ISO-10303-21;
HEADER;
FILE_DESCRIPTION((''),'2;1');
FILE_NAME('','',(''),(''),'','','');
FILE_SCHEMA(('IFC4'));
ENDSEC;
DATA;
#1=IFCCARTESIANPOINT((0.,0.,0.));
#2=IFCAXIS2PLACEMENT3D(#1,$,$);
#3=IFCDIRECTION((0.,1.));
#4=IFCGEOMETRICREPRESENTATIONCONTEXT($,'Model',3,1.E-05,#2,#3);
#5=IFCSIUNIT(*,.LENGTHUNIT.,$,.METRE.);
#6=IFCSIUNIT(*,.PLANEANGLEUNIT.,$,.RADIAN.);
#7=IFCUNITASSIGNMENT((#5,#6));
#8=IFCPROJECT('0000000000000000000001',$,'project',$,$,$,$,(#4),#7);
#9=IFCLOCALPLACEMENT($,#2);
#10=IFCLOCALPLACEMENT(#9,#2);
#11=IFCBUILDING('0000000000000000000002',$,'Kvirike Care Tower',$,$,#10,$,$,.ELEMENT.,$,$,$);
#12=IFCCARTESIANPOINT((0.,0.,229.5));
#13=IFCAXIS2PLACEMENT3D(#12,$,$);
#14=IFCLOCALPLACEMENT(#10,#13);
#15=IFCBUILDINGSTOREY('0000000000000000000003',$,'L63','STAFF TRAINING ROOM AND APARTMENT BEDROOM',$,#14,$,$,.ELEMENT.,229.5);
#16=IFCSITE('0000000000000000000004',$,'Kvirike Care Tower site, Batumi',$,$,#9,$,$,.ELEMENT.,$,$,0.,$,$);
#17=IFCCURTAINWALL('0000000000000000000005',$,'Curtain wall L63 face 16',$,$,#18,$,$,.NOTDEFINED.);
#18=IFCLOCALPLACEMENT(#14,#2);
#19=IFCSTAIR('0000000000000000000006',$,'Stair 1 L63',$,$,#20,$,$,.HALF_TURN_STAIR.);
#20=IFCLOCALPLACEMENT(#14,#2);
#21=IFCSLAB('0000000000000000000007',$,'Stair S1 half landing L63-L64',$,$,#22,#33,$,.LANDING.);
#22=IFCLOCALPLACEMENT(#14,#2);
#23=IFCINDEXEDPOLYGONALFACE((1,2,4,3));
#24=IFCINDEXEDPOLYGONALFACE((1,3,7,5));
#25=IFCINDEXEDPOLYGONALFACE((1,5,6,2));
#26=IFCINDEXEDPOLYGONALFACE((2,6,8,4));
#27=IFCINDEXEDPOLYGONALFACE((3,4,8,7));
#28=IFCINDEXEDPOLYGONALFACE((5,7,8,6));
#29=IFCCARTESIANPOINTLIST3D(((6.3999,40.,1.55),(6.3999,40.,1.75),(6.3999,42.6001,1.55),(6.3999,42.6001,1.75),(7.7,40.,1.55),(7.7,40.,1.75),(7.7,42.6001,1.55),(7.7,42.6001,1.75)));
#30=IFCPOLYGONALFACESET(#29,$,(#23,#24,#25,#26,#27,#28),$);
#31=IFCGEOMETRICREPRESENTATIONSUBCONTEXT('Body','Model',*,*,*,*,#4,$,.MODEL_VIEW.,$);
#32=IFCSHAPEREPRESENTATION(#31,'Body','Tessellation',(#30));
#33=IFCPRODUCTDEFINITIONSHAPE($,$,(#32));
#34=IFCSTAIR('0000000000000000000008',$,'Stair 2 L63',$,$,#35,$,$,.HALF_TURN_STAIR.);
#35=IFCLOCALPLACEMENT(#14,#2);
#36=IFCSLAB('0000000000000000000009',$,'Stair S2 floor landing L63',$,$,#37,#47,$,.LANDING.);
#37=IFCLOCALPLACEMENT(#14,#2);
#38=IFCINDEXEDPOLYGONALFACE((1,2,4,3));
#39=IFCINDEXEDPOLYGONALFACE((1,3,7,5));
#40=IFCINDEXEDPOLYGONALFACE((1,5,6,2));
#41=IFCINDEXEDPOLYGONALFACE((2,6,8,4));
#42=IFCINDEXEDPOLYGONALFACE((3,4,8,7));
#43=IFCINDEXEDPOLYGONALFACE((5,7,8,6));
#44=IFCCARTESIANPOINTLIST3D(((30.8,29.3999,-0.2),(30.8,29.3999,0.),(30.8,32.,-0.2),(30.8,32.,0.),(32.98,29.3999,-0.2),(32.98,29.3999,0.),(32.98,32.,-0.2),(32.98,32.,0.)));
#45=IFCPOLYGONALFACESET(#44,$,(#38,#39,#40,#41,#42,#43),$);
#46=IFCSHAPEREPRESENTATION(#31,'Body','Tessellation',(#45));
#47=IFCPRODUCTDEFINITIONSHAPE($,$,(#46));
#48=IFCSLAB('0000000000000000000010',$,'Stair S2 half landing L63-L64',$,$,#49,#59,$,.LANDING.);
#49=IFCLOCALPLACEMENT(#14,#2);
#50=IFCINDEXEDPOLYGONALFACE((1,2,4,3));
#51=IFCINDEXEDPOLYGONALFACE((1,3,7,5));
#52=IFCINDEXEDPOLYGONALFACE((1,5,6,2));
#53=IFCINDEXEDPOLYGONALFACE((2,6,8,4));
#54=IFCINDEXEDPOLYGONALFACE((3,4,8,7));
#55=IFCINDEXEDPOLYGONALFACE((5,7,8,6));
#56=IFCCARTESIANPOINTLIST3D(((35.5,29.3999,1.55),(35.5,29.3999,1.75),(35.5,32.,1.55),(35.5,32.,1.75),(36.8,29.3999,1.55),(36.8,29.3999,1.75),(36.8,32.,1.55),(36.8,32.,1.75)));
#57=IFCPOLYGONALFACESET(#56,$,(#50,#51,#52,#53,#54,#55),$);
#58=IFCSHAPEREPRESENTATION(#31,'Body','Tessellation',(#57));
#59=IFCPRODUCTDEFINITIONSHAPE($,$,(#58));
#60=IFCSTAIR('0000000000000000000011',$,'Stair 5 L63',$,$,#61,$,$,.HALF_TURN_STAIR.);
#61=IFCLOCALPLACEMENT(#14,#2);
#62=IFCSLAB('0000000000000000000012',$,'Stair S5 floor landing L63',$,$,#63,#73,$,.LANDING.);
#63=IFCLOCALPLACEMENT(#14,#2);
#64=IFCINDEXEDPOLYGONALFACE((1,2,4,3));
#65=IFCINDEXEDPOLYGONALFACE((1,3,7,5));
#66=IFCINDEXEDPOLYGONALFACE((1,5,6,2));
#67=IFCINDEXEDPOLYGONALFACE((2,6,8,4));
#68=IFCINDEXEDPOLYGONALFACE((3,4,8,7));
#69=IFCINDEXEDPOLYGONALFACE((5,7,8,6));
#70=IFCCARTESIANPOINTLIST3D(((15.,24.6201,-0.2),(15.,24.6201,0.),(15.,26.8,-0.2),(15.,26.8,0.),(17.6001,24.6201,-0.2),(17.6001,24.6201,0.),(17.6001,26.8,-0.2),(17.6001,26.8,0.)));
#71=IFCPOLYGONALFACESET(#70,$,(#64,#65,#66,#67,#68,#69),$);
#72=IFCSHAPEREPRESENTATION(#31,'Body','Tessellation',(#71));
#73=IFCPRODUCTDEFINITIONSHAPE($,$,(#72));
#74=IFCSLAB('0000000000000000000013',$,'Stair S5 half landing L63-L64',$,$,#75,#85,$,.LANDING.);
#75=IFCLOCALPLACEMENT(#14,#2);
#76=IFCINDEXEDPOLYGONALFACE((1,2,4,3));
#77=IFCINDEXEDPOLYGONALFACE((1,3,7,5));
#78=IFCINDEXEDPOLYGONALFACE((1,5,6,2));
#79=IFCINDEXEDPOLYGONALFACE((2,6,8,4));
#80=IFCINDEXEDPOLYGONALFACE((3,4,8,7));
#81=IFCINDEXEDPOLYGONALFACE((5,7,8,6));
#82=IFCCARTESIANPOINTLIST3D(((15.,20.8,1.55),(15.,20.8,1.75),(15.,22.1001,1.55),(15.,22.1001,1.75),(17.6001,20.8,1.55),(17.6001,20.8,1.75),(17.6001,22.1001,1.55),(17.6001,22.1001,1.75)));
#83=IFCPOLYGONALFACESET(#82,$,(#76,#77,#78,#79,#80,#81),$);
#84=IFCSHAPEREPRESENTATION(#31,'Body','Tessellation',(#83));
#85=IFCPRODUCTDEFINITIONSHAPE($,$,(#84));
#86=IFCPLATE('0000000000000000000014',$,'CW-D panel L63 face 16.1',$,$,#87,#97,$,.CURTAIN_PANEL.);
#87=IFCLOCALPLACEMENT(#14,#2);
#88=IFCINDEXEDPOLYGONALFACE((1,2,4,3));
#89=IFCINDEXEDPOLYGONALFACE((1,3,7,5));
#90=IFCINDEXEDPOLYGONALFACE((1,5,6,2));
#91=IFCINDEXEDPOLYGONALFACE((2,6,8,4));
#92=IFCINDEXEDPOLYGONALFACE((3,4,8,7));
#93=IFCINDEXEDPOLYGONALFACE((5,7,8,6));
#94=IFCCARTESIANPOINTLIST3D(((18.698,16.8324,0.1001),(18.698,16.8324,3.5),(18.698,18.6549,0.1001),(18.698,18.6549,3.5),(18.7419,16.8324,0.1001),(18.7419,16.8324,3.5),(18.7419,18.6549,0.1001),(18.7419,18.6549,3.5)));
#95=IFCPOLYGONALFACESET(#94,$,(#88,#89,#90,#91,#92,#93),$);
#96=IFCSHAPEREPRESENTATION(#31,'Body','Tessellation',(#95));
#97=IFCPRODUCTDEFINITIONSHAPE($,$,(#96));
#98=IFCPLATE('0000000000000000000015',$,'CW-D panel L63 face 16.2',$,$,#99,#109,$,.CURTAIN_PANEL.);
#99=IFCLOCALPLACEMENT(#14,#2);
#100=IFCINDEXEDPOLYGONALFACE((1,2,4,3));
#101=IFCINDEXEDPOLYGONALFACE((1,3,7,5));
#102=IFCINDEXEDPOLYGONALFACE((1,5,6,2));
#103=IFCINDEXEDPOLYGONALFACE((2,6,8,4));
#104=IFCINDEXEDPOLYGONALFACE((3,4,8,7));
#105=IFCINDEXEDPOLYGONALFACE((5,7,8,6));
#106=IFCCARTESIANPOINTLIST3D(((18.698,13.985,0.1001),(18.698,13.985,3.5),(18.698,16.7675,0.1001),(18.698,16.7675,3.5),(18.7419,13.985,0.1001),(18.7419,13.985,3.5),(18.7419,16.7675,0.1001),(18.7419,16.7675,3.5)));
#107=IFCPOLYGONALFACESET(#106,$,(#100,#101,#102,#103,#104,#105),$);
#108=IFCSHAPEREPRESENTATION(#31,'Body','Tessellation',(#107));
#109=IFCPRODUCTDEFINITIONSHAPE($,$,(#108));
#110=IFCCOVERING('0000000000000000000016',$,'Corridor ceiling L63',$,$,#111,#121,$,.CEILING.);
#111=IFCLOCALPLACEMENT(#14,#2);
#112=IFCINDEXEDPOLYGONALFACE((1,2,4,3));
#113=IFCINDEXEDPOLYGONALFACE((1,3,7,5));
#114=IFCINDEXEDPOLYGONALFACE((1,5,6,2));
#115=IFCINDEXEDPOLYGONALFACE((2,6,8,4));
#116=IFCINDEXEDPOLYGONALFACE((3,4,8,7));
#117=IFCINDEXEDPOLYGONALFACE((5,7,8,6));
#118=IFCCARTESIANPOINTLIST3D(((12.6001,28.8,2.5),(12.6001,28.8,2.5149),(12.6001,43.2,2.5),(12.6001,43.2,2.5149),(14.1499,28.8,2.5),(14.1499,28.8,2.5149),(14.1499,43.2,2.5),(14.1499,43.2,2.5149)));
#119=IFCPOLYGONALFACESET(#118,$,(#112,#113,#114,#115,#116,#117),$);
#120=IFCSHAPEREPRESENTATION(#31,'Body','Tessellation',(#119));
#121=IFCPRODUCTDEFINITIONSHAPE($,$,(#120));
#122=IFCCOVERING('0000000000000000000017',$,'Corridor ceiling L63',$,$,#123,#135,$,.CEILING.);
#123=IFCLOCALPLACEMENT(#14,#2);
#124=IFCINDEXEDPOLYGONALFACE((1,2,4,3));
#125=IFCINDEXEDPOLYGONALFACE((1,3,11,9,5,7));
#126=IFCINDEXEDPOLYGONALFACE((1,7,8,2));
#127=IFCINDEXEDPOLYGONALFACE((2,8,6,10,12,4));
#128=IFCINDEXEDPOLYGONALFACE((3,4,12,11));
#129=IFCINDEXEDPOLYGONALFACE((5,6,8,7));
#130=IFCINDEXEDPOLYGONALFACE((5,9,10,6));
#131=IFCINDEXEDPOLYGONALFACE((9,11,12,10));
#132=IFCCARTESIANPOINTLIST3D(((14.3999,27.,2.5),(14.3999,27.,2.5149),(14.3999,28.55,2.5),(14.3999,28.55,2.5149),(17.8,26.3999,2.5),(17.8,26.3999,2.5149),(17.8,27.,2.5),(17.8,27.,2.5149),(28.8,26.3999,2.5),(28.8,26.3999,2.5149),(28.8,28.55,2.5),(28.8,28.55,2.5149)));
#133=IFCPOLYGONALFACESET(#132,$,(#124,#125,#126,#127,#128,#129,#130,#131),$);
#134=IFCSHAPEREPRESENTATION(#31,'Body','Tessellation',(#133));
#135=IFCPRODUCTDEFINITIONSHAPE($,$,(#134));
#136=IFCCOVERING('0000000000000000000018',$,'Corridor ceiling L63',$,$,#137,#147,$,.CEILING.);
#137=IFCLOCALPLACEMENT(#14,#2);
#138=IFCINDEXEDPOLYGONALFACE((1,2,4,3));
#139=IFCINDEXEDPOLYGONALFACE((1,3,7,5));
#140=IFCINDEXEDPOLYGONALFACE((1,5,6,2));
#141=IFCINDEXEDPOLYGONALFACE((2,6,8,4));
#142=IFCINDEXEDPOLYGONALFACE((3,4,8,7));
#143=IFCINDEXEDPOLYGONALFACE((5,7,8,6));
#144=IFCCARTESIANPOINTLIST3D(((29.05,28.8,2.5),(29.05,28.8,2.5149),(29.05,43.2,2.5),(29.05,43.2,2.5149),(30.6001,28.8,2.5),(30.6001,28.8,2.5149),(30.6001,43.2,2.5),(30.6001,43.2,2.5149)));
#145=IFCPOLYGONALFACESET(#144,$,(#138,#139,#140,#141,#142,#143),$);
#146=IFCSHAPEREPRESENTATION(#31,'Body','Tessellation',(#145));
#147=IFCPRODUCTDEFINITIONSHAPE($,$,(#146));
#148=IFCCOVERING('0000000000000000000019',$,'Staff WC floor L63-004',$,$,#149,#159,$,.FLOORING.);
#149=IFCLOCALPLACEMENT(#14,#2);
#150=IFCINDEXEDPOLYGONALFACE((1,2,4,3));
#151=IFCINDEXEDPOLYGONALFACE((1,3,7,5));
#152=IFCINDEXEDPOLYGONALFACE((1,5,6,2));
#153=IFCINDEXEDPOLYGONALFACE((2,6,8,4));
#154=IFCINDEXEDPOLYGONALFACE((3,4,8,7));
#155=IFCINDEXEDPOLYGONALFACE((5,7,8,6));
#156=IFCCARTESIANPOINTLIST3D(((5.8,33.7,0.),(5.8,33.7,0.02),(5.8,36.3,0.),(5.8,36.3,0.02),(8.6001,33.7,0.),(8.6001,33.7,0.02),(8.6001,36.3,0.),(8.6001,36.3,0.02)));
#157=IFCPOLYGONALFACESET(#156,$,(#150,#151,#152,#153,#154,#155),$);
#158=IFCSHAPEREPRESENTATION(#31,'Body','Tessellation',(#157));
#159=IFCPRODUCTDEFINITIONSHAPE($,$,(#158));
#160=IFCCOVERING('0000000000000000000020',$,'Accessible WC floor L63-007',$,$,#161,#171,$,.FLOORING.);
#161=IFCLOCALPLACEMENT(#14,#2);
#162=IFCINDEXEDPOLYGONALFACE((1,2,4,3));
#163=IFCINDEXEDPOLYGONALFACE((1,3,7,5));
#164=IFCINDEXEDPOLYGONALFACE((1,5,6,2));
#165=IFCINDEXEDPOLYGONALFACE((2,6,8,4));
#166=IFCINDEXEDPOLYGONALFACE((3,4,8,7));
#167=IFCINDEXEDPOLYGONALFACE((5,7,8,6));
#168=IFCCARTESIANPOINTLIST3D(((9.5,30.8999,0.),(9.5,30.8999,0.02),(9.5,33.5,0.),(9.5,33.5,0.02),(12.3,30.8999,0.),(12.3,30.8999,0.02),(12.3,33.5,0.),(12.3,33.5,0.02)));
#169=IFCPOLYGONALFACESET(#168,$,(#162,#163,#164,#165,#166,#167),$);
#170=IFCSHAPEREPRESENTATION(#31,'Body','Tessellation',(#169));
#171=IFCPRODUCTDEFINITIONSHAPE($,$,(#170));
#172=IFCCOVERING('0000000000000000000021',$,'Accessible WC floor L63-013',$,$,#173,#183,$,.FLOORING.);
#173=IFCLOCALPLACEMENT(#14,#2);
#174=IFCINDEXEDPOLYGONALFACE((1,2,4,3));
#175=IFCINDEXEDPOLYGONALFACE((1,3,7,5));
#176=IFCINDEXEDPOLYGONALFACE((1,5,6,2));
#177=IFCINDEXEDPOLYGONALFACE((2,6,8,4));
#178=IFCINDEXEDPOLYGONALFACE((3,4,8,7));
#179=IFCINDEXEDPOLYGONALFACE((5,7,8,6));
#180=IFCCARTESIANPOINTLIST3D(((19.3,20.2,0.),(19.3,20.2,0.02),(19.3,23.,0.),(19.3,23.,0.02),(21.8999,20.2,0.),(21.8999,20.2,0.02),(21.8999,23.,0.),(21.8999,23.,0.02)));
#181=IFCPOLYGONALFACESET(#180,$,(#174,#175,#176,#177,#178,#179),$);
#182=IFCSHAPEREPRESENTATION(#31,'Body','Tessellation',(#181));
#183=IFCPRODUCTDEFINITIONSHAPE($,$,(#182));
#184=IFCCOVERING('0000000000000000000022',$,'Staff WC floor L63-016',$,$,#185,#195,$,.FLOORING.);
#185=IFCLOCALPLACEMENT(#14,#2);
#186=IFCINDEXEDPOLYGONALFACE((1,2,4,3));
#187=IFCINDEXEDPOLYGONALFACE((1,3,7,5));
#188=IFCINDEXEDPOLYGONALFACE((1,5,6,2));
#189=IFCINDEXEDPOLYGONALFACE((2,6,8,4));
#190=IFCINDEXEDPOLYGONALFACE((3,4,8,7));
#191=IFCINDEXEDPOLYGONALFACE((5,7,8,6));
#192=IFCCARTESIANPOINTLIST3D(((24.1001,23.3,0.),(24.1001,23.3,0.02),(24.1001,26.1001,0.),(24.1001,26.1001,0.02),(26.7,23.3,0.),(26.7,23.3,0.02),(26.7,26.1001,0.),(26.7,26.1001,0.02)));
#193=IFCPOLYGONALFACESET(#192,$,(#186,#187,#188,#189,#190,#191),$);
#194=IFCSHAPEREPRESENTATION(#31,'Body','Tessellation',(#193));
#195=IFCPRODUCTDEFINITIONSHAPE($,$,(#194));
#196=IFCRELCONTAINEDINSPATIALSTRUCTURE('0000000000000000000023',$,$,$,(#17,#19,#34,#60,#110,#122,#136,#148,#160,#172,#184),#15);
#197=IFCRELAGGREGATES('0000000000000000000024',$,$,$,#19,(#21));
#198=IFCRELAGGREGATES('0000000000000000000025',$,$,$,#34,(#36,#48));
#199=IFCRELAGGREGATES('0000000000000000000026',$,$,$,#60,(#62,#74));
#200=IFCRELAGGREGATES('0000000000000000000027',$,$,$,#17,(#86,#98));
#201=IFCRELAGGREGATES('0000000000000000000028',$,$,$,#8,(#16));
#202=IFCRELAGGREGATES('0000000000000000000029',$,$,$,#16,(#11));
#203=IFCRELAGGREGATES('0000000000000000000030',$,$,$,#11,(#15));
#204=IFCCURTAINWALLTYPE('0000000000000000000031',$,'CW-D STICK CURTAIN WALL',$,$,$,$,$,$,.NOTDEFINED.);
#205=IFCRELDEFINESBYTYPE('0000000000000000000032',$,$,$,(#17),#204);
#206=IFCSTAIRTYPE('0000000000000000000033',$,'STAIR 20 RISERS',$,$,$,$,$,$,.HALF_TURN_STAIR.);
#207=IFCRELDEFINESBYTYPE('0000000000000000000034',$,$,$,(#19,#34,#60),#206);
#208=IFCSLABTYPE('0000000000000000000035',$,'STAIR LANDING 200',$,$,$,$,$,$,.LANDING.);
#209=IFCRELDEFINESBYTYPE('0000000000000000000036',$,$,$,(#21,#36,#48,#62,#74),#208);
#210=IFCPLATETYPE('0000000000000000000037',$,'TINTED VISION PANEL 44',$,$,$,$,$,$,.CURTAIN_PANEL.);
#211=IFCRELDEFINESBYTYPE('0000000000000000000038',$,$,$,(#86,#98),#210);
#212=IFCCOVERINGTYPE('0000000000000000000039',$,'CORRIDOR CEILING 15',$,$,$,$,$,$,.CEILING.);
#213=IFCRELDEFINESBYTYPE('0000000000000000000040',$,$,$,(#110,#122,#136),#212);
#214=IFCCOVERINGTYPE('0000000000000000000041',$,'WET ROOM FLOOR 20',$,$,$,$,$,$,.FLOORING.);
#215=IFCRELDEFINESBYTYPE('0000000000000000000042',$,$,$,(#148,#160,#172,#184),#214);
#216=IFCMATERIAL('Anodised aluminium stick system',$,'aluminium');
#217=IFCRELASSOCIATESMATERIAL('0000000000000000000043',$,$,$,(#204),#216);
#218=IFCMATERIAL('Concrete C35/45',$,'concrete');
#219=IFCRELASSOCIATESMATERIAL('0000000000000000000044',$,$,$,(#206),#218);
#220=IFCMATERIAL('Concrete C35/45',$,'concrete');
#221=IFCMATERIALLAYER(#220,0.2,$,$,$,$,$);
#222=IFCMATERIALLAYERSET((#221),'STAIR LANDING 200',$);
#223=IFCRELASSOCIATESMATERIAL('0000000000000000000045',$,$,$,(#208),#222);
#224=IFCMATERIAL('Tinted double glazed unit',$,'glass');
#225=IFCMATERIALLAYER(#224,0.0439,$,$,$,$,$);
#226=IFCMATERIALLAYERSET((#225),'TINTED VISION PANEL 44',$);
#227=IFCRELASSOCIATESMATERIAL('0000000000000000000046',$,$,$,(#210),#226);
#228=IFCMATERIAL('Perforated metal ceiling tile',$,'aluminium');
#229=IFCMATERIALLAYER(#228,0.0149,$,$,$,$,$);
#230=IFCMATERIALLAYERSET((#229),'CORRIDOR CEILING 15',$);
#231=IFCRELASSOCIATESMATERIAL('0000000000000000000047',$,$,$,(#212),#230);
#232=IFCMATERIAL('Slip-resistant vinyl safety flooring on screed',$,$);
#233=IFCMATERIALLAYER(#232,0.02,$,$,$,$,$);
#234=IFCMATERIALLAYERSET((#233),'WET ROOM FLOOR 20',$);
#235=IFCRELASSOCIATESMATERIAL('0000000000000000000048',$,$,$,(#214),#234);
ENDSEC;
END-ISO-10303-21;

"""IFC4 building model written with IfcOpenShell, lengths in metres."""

from ifc_helpers import new_model, si_unit, direction, frame, origin, origin_2d, place, context, subcontext, project, spatial, polyline, rectangle, outline, extrude, material, layer, layer_set, type_object, element, aggregate, save


model = new_model("IFC4")

# Units and contexts
model_context = context("Model", 3, precision=1e-05, world=origin(), true_north=direction((0.0, 1.0)))
body_context = subcontext(model_context, "Body", "Model", "MODEL_VIEW")
ifc_project = project(units=[si_unit("LENGTHUNIT", "METRE"), si_unit("PLANEANGLEUNIT", "RADIAN")], contexts=[model_context])

# Site, building, storey
site_placement = place(None, origin())
site = spatial("IfcSite", under=ifc_project, at=site_placement, Name="Kvirike Care Tower site, Batumi", CompositionType="ELEMENT", RefElevation=0.0)
building_placement = place(site_placement, origin())
building = spatial("IfcBuilding", under=site, at=building_placement, Name="Kvirike Care Tower", CompositionType="ELEMENT")
storey_placement = place(building_placement, frame((0.0, 0.0, 229.5)))
storey = spatial("IfcBuildingStorey", under=building, at=storey_placement, Name="L63", Description="STAFF TRAINING ROOM AND APARTMENT BEDROOM", CompositionType="ELEMENT", Elevation=229.5)

# Curtain wall
ifc_material_1 = material(Name="Anodised aluminium stick system", Category="aluminium")
curtain_wall_type = type_object("IfcCurtainWallType", Name="CW-D STICK CURTAIN WALL", PredefinedType="NOTDEFINED", material=ifc_material_1)
curtain_wall_1_placement = place(storey_placement, origin())
curtain_wall_1 = element("IfcCurtainWall", 1, at=curtain_wall_1_placement, inside=storey, type_object=curtain_wall_type, Name="Curtain wall L63 face 16", PredefinedType="NOTDEFINED")

# Stairs, slabs
ifc_material_2 = material(Name="Concrete C35/45", Category="concrete")
stair_type = type_object("IfcStairType", Name="STAIR 20 RISERS", PredefinedType="HALF_TURN_STAIR", material=ifc_material_2)
stair_1_placement = place(storey_placement, origin())
stair_1 = element("IfcStair", 2, at=stair_1_placement, inside=storey, type_object=stair_type, Name="Stair 1 L63", PredefinedType="HALF_TURN_STAIR")
ifc_material_3 = material(Name="Concrete C35/45", Category="concrete")
ifc_layer_1 = layer(ifc_material_3, 0.2)
ifc_layer_set_1 = layer_set([ifc_layer_1], Name="STAIR LANDING 200")
slab_type_1 = type_object("IfcSlabType", Name="STAIR LANDING 200", PredefinedType="LANDING", material=ifc_layer_set_1)
slab_1_placement = place(storey_placement, frame((0.0, 0.0, 1.55)))
slab_1 = element("IfcSlab", 3, at=slab_1_placement, type_object=slab_type_1, Name="Stair S1 half landing L63-L64", PredefinedType="LANDING", context=body_context, shape_type="SweptSolid", body=[
    extrude(outline(polyline([(6.3999, 42.6001), (6.3999, 40.0), (7.7, 40.0), (7.7, 42.6001), (6.3999, 42.6001)])), origin(), (0.0, 0.0, 1.0), 0.2),
])
aggregate(stair_1, [slab_1])
stair_2_placement = place(storey_placement, origin())
stair_2 = element("IfcStair", 4, at=stair_2_placement, inside=storey, type_object=stair_type, Name="Stair 2 L63", PredefinedType="HALF_TURN_STAIR")
slab_2_placement = place(storey_placement, frame((0.0, 0.0, -0.2)))
slab_2 = element("IfcSlab", 5, at=slab_2_placement, type_object=slab_type_1, Name="Stair S2 floor landing L63", PredefinedType="LANDING", context=body_context, shape_type="SweptSolid", body=[
    extrude(outline(polyline([(32.98, 29.3999), (32.98, 32.0), (30.8, 32.0), (30.8, 29.3999), (32.98, 29.3999)])), origin(), (0.0, 0.0, 1.0), 0.2),
])
slab_3_placement = place(storey_placement, frame((0.0, 0.0, 1.55)))
slab_3 = element("IfcSlab", 6, at=slab_3_placement, type_object=slab_type_1, Name="Stair S2 half landing L63-L64", PredefinedType="LANDING", context=body_context, shape_type="SweptSolid", body=[
    extrude(outline(polyline([(36.8, 29.3999), (36.8, 32.0), (35.5, 32.0), (35.5, 29.3999), (36.8, 29.3999)])), origin(), (0.0, 0.0, 1.0), 0.2),
])
aggregate(stair_2, [slab_2, slab_3])
stair_3_placement = place(storey_placement, origin())
stair_3 = element("IfcStair", 7, at=stair_3_placement, inside=storey, type_object=stair_type, Name="Stair 5 L63", PredefinedType="HALF_TURN_STAIR")
slab_4_placement = place(storey_placement, frame((0.0, 0.0, -0.2)))
slab_4 = element("IfcSlab", 8, at=slab_4_placement, type_object=slab_type_1, Name="Stair S5 floor landing L63", PredefinedType="LANDING", context=body_context, shape_type="SweptSolid", body=[
    extrude(outline(polyline([(15.0, 24.6201), (17.6001, 24.6201), (17.6001, 26.8), (15.0, 26.8), (15.0, 24.6201)])), origin(), (0.0, 0.0, 1.0), 0.2),
])
slab_5_placement = place(storey_placement, frame((0.0, 0.0, 1.55)))
slab_5 = element("IfcSlab", 9, at=slab_5_placement, type_object=slab_type_1, Name="Stair S5 half landing L63-L64", PredefinedType="LANDING", context=body_context, shape_type="SweptSolid", body=[
    extrude(outline(polyline([(15.0, 20.8), (17.6001, 20.8), (17.6001, 22.1001), (15.0, 22.1001), (15.0, 20.8)])), origin(), (0.0, 0.0, 1.0), 0.2),
])
aggregate(stair_3, [slab_4, slab_5])

# Plates
ifc_material_4 = material(Name="Tinted double glazed unit", Category="glass")
ifc_layer_2 = layer(ifc_material_4, 0.0439)
ifc_layer_set_2 = layer_set([ifc_layer_2], Name="TINTED VISION PANEL 44")
plate_type = type_object("IfcPlateType", Name="TINTED VISION PANEL 44", PredefinedType="CURTAIN_PANEL", material=ifc_layer_set_2)
plate_1_placement = place(storey_placement, frame((18.72, 17.7437, 0.1001), z_axis=(0.0, 0.0, 1.0), x_axis=(0.0, -1.0, 0.0)))
plate_1 = element("IfcPlate", 10, at=plate_1_placement, type_object=plate_type, Name="CW-D panel L63 face 16.1", PredefinedType="CURTAIN_PANEL", context=body_context, shape_type="SweptSolid", body=[
    extrude(rectangle(XDim=1.8225, YDim=0.0439, at=origin_2d()), origin(), (0.0, 0.0, 1.0), 3.3999),
])
plate_2_placement = place(storey_placement, frame((18.72, 15.3762, 0.1001), z_axis=(0.0, 0.0, 1.0), x_axis=(0.0, -1.0, 0.0)))
plate_2 = element("IfcPlate", 11, at=plate_2_placement, type_object=plate_type, Name="CW-D panel L63 face 16.2", PredefinedType="CURTAIN_PANEL", context=body_context, shape_type="SweptSolid", body=[
    extrude(rectangle(XDim=2.7825, YDim=0.0439, at=origin_2d()), origin(), (0.0, 0.0, 1.0), 3.3999),
])
aggregate(curtain_wall_1, [plate_1, plate_2])

# Coverings
ifc_material_5 = material(Name="Perforated metal ceiling tile", Category="aluminium")
ifc_layer_3 = layer(ifc_material_5, 0.0149)
ifc_layer_set_3 = layer_set([ifc_layer_3], Name="CORRIDOR CEILING 15")
covering_type_1 = type_object("IfcCoveringType", Name="CORRIDOR CEILING 15", PredefinedType="CEILING", material=ifc_layer_set_3)
covering_1_placement = place(storey_placement, frame((0.0, 0.0, 2.5)))
element("IfcCovering", 12, at=covering_1_placement, inside=storey, type_object=covering_type_1, Name="Corridor ceiling L63", PredefinedType="CEILING", context=body_context, shape_type="SweptSolid", body=[
    extrude(outline(polyline([(12.6001, 43.2), (14.1499, 43.2), (14.1499, 28.8), (12.6001, 28.8), (12.6001, 43.2)])), origin(), (0.0, 0.0, 1.0), 0.0149),
])
covering_2_placement = place(storey_placement, frame((0.0, 0.0, 2.5)))
element("IfcCovering", 13, at=covering_2_placement, inside=storey, type_object=covering_type_1, Name="Corridor ceiling L63", PredefinedType="CEILING", context=body_context, shape_type="SweptSolid", body=[
    extrude(outline(polyline([(14.3999, 28.55), (28.8, 28.55), (28.8, 26.3999), (17.8, 26.3999), (17.8, 27.0), (14.3999, 27.0), (14.3999, 28.55)])), origin(), (0.0, 0.0, 1.0), 0.0149),
])
covering_3_placement = place(storey_placement, frame((0.0, 0.0, 2.5)))
element("IfcCovering", 14, at=covering_3_placement, inside=storey, type_object=covering_type_1, Name="Corridor ceiling L63", PredefinedType="CEILING", context=body_context, shape_type="SweptSolid", body=[
    extrude(outline(polyline([(30.6001, 28.8), (29.05, 28.8), (29.05, 43.2), (30.6001, 43.2), (30.6001, 28.8)])), origin(), (0.0, 0.0, 1.0), 0.0149),
])
ifc_material_6 = material(Name="Slip-resistant vinyl safety flooring on screed")
ifc_layer_4 = layer(ifc_material_6, 0.02)
ifc_layer_set_4 = layer_set([ifc_layer_4], Name="WET ROOM FLOOR 20")
covering_type_2 = type_object("IfcCoveringType", Name="WET ROOM FLOOR 20", PredefinedType="FLOORING", material=ifc_layer_set_4)
covering_4_placement = place(storey_placement, origin())
element("IfcCovering", 15, at=covering_4_placement, inside=storey, type_object=covering_type_2, Name="Staff WC floor L63-004", PredefinedType="FLOORING", context=body_context, shape_type="SweptSolid", body=[
    extrude(outline(polyline([(5.8, 36.3), (8.6001, 36.3), (8.6001, 33.7), (5.8, 33.7), (5.8, 36.3)])), origin(), (0.0, 0.0, 1.0), 0.02),
])
covering_5_placement = place(storey_placement, origin())
element("IfcCovering", 16, at=covering_5_placement, inside=storey, type_object=covering_type_2, Name="Accessible WC floor L63-007", PredefinedType="FLOORING", context=body_context, shape_type="SweptSolid", body=[
    extrude(outline(polyline([(9.5, 33.5), (12.3, 33.5), (12.3, 30.8999), (9.5, 30.8999), (9.5, 33.5)])), origin(), (0.0, 0.0, 1.0), 0.02),
])
covering_6_placement = place(storey_placement, origin())
element("IfcCovering", 17, at=covering_6_placement, inside=storey, type_object=covering_type_2, Name="Accessible WC floor L63-013", PredefinedType="FLOORING", context=body_context, shape_type="SweptSolid", body=[
    extrude(outline(polyline([(19.3, 20.2), (19.3, 23.0), (21.8999, 23.0), (21.8999, 20.2), (19.3, 20.2)])), origin(), (0.0, 0.0, 1.0), 0.02),
])
covering_7_placement = place(storey_placement, origin())
element("IfcCovering", 18, at=covering_7_placement, inside=storey, type_object=covering_type_2, Name="Staff WC floor L63-016", PredefinedType="FLOORING", context=body_context, shape_type="SweptSolid", body=[
    extrude(outline(polyline([(24.1001, 23.3), (24.1001, 26.1001), (26.7, 26.1001), (26.7, 23.3), (24.1001, 23.3)])), origin(), (0.0, 0.0, 1.0), 0.02),
])

save(model, "model.ifc")
